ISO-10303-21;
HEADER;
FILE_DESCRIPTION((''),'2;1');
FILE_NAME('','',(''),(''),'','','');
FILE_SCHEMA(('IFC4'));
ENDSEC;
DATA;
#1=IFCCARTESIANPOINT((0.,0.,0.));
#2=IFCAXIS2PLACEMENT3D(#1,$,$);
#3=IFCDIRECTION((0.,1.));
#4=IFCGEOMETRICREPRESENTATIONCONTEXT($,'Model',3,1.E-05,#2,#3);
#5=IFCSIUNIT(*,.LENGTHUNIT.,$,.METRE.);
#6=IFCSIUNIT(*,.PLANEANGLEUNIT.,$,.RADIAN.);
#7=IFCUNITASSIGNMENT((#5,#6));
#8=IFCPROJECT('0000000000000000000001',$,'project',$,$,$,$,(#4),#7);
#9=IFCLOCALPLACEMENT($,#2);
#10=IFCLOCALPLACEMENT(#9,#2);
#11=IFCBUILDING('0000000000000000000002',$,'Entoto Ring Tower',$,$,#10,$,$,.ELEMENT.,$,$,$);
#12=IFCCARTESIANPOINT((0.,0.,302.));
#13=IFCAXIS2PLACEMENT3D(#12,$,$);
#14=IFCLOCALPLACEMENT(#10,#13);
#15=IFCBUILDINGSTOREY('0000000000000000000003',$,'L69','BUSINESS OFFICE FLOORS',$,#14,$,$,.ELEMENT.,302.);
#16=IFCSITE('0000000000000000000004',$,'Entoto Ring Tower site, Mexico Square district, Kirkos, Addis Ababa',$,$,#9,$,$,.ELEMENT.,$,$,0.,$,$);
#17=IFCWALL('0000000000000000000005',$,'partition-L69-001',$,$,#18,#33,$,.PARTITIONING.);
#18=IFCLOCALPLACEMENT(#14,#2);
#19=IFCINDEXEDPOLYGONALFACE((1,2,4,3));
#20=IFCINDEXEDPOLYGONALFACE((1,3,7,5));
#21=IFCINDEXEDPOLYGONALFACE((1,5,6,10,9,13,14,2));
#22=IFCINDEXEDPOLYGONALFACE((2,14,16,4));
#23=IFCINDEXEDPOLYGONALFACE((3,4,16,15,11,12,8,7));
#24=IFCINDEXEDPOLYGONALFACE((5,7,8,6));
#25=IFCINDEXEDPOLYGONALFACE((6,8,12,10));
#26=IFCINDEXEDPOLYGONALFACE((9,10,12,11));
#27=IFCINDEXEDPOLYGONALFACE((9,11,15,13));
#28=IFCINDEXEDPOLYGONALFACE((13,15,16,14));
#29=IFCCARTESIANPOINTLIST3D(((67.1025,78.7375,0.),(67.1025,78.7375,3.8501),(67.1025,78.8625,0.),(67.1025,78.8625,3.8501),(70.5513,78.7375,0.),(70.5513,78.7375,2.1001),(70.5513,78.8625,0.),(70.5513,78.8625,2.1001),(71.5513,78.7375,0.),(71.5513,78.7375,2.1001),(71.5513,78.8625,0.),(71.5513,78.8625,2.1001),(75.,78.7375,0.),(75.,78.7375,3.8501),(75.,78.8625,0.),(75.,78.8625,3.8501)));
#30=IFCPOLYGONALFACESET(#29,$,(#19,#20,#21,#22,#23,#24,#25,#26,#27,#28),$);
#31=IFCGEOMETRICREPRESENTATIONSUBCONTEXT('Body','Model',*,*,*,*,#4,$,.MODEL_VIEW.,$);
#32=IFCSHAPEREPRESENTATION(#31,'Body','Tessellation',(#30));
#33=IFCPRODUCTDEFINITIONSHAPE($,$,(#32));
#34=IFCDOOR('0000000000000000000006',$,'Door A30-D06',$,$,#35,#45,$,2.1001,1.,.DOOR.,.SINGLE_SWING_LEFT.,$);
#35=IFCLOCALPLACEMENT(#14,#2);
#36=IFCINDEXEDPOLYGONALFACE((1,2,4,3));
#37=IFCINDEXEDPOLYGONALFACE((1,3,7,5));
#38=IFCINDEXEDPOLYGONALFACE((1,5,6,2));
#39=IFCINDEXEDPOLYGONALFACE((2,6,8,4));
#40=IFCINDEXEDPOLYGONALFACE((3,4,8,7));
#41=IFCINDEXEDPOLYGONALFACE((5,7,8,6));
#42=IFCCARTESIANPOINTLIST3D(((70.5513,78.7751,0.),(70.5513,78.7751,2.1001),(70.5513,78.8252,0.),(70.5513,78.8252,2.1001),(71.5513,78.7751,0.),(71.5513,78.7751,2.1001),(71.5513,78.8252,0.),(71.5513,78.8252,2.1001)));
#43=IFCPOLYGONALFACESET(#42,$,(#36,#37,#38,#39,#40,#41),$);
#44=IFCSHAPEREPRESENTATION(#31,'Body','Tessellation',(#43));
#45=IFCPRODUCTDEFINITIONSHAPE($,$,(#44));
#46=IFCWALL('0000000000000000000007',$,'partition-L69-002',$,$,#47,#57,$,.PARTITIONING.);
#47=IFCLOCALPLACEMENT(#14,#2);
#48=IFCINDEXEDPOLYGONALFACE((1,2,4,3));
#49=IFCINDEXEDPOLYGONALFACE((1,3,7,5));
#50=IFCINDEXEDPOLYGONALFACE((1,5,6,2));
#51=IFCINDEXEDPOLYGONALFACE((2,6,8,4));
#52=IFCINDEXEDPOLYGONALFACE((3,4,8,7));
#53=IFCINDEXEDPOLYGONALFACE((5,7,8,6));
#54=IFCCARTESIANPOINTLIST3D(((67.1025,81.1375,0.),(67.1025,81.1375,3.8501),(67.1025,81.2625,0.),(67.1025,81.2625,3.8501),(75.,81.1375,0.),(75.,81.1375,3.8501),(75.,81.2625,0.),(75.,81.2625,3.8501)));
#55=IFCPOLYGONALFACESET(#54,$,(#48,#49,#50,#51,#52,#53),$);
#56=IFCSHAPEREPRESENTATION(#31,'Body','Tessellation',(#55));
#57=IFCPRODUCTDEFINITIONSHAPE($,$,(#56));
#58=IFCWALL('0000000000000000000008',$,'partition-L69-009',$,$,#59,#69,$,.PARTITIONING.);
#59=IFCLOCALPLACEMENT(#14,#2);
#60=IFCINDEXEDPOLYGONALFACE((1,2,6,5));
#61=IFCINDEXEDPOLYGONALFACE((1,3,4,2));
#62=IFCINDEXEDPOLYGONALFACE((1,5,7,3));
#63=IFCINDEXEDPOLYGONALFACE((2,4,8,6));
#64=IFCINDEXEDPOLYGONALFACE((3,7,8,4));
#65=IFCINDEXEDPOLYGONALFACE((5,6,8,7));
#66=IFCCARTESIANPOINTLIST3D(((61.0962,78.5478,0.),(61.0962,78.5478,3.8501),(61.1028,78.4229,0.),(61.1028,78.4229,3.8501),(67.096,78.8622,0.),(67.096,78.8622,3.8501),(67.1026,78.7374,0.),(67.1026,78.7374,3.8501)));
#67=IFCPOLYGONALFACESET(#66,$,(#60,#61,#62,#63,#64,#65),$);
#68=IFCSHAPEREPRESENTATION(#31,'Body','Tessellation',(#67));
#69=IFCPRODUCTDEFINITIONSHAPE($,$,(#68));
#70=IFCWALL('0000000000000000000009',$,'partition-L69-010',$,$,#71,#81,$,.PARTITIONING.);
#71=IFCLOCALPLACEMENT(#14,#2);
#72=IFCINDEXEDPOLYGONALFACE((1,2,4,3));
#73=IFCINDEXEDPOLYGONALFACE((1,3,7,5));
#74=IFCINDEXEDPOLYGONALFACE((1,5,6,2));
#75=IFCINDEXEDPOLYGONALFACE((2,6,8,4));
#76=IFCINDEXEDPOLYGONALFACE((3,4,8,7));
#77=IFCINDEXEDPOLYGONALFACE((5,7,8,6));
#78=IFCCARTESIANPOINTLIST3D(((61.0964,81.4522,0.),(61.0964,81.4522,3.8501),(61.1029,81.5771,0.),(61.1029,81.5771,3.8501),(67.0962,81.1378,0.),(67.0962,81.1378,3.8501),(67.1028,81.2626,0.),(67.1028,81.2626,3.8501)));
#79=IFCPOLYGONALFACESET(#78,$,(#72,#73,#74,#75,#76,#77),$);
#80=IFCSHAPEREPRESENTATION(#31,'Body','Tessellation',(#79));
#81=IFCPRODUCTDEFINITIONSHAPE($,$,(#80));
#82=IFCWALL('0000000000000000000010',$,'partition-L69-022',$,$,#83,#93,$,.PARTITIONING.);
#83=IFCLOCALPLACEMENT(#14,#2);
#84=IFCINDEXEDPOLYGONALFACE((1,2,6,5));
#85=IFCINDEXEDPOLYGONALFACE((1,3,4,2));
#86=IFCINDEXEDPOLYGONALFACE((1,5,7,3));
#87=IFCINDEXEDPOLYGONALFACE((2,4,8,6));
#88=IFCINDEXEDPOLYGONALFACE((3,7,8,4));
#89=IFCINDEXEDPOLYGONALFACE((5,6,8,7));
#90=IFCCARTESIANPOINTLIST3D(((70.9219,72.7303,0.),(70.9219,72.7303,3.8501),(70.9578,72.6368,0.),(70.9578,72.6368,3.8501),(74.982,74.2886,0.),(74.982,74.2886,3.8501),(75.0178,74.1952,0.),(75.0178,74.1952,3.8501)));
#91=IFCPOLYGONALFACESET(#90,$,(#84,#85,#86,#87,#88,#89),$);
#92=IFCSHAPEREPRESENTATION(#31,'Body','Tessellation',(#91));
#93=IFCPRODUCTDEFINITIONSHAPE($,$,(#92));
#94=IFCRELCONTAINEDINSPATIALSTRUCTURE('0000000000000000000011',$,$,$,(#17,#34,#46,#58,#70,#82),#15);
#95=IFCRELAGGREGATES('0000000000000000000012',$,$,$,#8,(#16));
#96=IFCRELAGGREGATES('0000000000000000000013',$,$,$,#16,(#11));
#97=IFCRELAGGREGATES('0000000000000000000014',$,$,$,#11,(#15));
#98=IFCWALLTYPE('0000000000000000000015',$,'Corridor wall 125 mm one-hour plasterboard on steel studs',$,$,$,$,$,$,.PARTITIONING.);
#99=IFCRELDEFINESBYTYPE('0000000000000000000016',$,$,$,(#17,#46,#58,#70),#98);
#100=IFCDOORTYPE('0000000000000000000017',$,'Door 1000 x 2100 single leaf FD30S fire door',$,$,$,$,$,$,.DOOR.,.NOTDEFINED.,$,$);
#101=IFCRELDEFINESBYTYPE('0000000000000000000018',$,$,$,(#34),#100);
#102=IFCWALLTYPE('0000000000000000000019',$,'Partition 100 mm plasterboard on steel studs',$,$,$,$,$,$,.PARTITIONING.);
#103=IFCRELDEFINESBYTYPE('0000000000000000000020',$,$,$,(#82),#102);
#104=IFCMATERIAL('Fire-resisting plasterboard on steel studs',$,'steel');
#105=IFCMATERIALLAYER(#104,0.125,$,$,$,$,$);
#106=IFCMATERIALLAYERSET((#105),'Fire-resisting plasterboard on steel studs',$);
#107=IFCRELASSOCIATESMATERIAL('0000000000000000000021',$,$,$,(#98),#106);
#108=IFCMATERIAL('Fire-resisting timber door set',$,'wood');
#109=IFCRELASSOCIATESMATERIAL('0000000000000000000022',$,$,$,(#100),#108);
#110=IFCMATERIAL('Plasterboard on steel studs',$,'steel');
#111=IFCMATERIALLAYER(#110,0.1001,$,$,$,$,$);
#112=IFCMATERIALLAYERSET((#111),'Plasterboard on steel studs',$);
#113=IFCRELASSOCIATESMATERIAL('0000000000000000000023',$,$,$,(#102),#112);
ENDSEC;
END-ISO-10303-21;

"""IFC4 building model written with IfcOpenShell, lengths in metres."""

from ifc_helpers import new_model, si_unit, direction, frame, frame_2d, origin, place, context, subcontext, project, spatial, rectangle, extrude, material, layer, layer_set, type_object, element, fill, save


model = new_model("IFC4")

# Units and contexts
model_context = context("Model", 3, precision=1e-05, world=origin(), true_north=direction((0.0, 1.0)))
body_context = subcontext(model_context, "Body", "Model", "MODEL_VIEW")
ifc_project = project(units=[si_unit("LENGTHUNIT", "METRE"), si_unit("PLANEANGLEUNIT", "RADIAN")], contexts=[model_context])

# Site, building, storey
site_placement = place(None, origin())
site = spatial("IfcSite", under=ifc_project, at=site_placement, Name="Entoto Ring Tower site, Mexico Square district, Kirkos, Addis Ababa", CompositionType="ELEMENT", RefElevation=0.0)
building_placement = place(site_placement, origin())
building = spatial("IfcBuilding", under=site, at=building_placement, Name="Entoto Ring Tower", CompositionType="ELEMENT")
storey_placement = place(building_placement, frame((0.0, 0.0, 302.0)))
storey = spatial("IfcBuildingStorey", under=building, at=storey_placement, Name="L69", Description="BUSINESS OFFICE FLOORS", CompositionType="ELEMENT", Elevation=302.0)

# Wall, opening, door
ifc_material_1 = material(Name="Fire-resisting plasterboard on steel studs", Category="steel")
ifc_layer_1 = layer(ifc_material_1, 0.125)
ifc_layer_set_1 = layer_set([ifc_layer_1], Name="Fire-resisting plasterboard on steel studs")
wall_type_1 = type_object("IfcWallType", Name="Corridor wall 125 mm one-hour plasterboard on steel studs", PredefinedType="PARTITIONING", material=ifc_layer_set_1)
wall_1_placement = place(storey_placement, frame((67.1025, 78.8, 0.0), z_axis=(0.0, 0.0, 1.0), x_axis=(1.0, 0.0, 0.0)))
wall_1 = element("IfcWall", 1, at=wall_1_placement, inside=storey, type_object=wall_type_1, Name="partition-L69-001", PredefinedType="PARTITIONING", context=body_context, shape_type="SweptSolid", body=[
    extrude(rectangle(XDim=7.8975, YDim=0.125, at=frame_2d((3.9487, 0.0))), origin(), (0.0, 0.0, 1.0), 3.8501),
])
opening_placement = place(wall_1_placement, frame((3.4487, 0.0, 0.0)))
opening = element("IfcOpeningElement", 2, at=opening_placement, cuts=wall_1, PredefinedType="OPENING", context=body_context, shape_type="SweptSolid", body=[
    extrude(rectangle(XDim=1.0, YDim=2.1001, at=frame_2d((0.5, 1.05))), frame((0.0, 0.0725, 0.0), z_axis=(0.0, -1.0, 0.0), x_axis=(1.0, 0.0, 0.0)), (0.0, 0.0, 1.0), 0.145),
])
ifc_material_2 = material(Name="Fire-resisting timber door set", Category="wood")
door_type = type_object("IfcDoorType", Name="Door 1000 x 2100 single leaf FD30S fire door", OperationType="NOTDEFINED", PredefinedType="DOOR", material=ifc_material_2)
door_placement = place(opening_placement, frame((1.0, 0.0, 0.0), z_axis=(0.0, 0.0, 1.0), x_axis=(-1.0, 0.0, 0.0)))
door = element("IfcDoor", 3, at=door_placement, inside=storey, type_object=door_type, Name="Door A30-D06", OperationType="SINGLE_SWING_LEFT", OverallHeight=2.1001, OverallWidth=1.0, PredefinedType="DOOR", context=body_context, shape_type="SweptSolid", body=[
    extrude(rectangle(XDim=1.0, YDim=2.1001, at=frame_2d((0.5, 1.05))), frame((0.0, 0.0249, 0.0), z_axis=(0.0, -1.0, 0.0), x_axis=(1.0, 0.0, 0.0)), (0.0, 0.0, 1.0), 0.05),
])
fill(opening, door)

# Walls
wall_2_placement = place(storey_placement, frame((67.1025, 81.2, 0.0), z_axis=(0.0, 0.0, 1.0), x_axis=(1.0, 0.0, 0.0)))
element("IfcWall", 4, at=wall_2_placement, inside=storey, type_object=wall_type_1, Name="partition-L69-002", PredefinedType="PARTITIONING", context=body_context, shape_type="SweptSolid", body=[
    extrude(rectangle(XDim=7.8975, YDim=0.125, at=frame_2d((3.9487, 0.0))), origin(), (0.0, 0.0, 1.0), 3.8501),
])
for number, where, z_axis, x_axis, name in (
    (5, (61.0996, 78.4854, 0.0), (0.0, 0.0, 1.0), (0.998629, 0.052339, 0.0), "partition-L69-009"),
    (6, (67.0994, 81.2002, 0.0), (0.0, 0.0, 1.0), (-0.998629, 0.052339, 0.0), "partition-L69-010"),
):
    element("IfcWall", number, at=place(storey_placement, frame(where, z_axis=z_axis, x_axis=x_axis)), inside=storey, type_object=wall_type_1, Name=name, PredefinedType="PARTITIONING", context=body_context, shape_type="SweptSolid", body=[
        extrude(rectangle(XDim=6.0081, YDim=0.125, at=frame_2d((3.0039, 0.0))), origin(), (0.0, 0.0, 1.0), 3.8501),
    ])
ifc_material_3 = material(Name="Plasterboard on steel studs", Category="steel")
ifc_layer_2 = layer(ifc_material_3, 0.1001)
ifc_layer_set_2 = layer_set([ifc_layer_2], Name="Plasterboard on steel studs")
wall_type_2 = type_object("IfcWallType", Name="Partition 100 mm plasterboard on steel studs", PredefinedType="PARTITIONING", material=ifc_layer_set_2)
wall_3_placement = place(storey_placement, frame((70.9399, 72.6836, 0.0), z_axis=(0.0, 0.0, 1.0), x_axis=(0.933593, 0.358336, 0.0)))
element("IfcWall", 7, at=wall_3_placement, inside=storey, type_object=wall_type_2, Name="partition-L69-022", PredefinedType="PARTITIONING", context=body_context, shape_type="SweptSolid", body=[
    extrude(rectangle(XDim=4.3489, YDim=0.1001, at=frame_2d((2.1743, 0.0))), origin(), (0.0, 0.0, 1.0), 3.8501),
])

save(model, "model.ifc")
